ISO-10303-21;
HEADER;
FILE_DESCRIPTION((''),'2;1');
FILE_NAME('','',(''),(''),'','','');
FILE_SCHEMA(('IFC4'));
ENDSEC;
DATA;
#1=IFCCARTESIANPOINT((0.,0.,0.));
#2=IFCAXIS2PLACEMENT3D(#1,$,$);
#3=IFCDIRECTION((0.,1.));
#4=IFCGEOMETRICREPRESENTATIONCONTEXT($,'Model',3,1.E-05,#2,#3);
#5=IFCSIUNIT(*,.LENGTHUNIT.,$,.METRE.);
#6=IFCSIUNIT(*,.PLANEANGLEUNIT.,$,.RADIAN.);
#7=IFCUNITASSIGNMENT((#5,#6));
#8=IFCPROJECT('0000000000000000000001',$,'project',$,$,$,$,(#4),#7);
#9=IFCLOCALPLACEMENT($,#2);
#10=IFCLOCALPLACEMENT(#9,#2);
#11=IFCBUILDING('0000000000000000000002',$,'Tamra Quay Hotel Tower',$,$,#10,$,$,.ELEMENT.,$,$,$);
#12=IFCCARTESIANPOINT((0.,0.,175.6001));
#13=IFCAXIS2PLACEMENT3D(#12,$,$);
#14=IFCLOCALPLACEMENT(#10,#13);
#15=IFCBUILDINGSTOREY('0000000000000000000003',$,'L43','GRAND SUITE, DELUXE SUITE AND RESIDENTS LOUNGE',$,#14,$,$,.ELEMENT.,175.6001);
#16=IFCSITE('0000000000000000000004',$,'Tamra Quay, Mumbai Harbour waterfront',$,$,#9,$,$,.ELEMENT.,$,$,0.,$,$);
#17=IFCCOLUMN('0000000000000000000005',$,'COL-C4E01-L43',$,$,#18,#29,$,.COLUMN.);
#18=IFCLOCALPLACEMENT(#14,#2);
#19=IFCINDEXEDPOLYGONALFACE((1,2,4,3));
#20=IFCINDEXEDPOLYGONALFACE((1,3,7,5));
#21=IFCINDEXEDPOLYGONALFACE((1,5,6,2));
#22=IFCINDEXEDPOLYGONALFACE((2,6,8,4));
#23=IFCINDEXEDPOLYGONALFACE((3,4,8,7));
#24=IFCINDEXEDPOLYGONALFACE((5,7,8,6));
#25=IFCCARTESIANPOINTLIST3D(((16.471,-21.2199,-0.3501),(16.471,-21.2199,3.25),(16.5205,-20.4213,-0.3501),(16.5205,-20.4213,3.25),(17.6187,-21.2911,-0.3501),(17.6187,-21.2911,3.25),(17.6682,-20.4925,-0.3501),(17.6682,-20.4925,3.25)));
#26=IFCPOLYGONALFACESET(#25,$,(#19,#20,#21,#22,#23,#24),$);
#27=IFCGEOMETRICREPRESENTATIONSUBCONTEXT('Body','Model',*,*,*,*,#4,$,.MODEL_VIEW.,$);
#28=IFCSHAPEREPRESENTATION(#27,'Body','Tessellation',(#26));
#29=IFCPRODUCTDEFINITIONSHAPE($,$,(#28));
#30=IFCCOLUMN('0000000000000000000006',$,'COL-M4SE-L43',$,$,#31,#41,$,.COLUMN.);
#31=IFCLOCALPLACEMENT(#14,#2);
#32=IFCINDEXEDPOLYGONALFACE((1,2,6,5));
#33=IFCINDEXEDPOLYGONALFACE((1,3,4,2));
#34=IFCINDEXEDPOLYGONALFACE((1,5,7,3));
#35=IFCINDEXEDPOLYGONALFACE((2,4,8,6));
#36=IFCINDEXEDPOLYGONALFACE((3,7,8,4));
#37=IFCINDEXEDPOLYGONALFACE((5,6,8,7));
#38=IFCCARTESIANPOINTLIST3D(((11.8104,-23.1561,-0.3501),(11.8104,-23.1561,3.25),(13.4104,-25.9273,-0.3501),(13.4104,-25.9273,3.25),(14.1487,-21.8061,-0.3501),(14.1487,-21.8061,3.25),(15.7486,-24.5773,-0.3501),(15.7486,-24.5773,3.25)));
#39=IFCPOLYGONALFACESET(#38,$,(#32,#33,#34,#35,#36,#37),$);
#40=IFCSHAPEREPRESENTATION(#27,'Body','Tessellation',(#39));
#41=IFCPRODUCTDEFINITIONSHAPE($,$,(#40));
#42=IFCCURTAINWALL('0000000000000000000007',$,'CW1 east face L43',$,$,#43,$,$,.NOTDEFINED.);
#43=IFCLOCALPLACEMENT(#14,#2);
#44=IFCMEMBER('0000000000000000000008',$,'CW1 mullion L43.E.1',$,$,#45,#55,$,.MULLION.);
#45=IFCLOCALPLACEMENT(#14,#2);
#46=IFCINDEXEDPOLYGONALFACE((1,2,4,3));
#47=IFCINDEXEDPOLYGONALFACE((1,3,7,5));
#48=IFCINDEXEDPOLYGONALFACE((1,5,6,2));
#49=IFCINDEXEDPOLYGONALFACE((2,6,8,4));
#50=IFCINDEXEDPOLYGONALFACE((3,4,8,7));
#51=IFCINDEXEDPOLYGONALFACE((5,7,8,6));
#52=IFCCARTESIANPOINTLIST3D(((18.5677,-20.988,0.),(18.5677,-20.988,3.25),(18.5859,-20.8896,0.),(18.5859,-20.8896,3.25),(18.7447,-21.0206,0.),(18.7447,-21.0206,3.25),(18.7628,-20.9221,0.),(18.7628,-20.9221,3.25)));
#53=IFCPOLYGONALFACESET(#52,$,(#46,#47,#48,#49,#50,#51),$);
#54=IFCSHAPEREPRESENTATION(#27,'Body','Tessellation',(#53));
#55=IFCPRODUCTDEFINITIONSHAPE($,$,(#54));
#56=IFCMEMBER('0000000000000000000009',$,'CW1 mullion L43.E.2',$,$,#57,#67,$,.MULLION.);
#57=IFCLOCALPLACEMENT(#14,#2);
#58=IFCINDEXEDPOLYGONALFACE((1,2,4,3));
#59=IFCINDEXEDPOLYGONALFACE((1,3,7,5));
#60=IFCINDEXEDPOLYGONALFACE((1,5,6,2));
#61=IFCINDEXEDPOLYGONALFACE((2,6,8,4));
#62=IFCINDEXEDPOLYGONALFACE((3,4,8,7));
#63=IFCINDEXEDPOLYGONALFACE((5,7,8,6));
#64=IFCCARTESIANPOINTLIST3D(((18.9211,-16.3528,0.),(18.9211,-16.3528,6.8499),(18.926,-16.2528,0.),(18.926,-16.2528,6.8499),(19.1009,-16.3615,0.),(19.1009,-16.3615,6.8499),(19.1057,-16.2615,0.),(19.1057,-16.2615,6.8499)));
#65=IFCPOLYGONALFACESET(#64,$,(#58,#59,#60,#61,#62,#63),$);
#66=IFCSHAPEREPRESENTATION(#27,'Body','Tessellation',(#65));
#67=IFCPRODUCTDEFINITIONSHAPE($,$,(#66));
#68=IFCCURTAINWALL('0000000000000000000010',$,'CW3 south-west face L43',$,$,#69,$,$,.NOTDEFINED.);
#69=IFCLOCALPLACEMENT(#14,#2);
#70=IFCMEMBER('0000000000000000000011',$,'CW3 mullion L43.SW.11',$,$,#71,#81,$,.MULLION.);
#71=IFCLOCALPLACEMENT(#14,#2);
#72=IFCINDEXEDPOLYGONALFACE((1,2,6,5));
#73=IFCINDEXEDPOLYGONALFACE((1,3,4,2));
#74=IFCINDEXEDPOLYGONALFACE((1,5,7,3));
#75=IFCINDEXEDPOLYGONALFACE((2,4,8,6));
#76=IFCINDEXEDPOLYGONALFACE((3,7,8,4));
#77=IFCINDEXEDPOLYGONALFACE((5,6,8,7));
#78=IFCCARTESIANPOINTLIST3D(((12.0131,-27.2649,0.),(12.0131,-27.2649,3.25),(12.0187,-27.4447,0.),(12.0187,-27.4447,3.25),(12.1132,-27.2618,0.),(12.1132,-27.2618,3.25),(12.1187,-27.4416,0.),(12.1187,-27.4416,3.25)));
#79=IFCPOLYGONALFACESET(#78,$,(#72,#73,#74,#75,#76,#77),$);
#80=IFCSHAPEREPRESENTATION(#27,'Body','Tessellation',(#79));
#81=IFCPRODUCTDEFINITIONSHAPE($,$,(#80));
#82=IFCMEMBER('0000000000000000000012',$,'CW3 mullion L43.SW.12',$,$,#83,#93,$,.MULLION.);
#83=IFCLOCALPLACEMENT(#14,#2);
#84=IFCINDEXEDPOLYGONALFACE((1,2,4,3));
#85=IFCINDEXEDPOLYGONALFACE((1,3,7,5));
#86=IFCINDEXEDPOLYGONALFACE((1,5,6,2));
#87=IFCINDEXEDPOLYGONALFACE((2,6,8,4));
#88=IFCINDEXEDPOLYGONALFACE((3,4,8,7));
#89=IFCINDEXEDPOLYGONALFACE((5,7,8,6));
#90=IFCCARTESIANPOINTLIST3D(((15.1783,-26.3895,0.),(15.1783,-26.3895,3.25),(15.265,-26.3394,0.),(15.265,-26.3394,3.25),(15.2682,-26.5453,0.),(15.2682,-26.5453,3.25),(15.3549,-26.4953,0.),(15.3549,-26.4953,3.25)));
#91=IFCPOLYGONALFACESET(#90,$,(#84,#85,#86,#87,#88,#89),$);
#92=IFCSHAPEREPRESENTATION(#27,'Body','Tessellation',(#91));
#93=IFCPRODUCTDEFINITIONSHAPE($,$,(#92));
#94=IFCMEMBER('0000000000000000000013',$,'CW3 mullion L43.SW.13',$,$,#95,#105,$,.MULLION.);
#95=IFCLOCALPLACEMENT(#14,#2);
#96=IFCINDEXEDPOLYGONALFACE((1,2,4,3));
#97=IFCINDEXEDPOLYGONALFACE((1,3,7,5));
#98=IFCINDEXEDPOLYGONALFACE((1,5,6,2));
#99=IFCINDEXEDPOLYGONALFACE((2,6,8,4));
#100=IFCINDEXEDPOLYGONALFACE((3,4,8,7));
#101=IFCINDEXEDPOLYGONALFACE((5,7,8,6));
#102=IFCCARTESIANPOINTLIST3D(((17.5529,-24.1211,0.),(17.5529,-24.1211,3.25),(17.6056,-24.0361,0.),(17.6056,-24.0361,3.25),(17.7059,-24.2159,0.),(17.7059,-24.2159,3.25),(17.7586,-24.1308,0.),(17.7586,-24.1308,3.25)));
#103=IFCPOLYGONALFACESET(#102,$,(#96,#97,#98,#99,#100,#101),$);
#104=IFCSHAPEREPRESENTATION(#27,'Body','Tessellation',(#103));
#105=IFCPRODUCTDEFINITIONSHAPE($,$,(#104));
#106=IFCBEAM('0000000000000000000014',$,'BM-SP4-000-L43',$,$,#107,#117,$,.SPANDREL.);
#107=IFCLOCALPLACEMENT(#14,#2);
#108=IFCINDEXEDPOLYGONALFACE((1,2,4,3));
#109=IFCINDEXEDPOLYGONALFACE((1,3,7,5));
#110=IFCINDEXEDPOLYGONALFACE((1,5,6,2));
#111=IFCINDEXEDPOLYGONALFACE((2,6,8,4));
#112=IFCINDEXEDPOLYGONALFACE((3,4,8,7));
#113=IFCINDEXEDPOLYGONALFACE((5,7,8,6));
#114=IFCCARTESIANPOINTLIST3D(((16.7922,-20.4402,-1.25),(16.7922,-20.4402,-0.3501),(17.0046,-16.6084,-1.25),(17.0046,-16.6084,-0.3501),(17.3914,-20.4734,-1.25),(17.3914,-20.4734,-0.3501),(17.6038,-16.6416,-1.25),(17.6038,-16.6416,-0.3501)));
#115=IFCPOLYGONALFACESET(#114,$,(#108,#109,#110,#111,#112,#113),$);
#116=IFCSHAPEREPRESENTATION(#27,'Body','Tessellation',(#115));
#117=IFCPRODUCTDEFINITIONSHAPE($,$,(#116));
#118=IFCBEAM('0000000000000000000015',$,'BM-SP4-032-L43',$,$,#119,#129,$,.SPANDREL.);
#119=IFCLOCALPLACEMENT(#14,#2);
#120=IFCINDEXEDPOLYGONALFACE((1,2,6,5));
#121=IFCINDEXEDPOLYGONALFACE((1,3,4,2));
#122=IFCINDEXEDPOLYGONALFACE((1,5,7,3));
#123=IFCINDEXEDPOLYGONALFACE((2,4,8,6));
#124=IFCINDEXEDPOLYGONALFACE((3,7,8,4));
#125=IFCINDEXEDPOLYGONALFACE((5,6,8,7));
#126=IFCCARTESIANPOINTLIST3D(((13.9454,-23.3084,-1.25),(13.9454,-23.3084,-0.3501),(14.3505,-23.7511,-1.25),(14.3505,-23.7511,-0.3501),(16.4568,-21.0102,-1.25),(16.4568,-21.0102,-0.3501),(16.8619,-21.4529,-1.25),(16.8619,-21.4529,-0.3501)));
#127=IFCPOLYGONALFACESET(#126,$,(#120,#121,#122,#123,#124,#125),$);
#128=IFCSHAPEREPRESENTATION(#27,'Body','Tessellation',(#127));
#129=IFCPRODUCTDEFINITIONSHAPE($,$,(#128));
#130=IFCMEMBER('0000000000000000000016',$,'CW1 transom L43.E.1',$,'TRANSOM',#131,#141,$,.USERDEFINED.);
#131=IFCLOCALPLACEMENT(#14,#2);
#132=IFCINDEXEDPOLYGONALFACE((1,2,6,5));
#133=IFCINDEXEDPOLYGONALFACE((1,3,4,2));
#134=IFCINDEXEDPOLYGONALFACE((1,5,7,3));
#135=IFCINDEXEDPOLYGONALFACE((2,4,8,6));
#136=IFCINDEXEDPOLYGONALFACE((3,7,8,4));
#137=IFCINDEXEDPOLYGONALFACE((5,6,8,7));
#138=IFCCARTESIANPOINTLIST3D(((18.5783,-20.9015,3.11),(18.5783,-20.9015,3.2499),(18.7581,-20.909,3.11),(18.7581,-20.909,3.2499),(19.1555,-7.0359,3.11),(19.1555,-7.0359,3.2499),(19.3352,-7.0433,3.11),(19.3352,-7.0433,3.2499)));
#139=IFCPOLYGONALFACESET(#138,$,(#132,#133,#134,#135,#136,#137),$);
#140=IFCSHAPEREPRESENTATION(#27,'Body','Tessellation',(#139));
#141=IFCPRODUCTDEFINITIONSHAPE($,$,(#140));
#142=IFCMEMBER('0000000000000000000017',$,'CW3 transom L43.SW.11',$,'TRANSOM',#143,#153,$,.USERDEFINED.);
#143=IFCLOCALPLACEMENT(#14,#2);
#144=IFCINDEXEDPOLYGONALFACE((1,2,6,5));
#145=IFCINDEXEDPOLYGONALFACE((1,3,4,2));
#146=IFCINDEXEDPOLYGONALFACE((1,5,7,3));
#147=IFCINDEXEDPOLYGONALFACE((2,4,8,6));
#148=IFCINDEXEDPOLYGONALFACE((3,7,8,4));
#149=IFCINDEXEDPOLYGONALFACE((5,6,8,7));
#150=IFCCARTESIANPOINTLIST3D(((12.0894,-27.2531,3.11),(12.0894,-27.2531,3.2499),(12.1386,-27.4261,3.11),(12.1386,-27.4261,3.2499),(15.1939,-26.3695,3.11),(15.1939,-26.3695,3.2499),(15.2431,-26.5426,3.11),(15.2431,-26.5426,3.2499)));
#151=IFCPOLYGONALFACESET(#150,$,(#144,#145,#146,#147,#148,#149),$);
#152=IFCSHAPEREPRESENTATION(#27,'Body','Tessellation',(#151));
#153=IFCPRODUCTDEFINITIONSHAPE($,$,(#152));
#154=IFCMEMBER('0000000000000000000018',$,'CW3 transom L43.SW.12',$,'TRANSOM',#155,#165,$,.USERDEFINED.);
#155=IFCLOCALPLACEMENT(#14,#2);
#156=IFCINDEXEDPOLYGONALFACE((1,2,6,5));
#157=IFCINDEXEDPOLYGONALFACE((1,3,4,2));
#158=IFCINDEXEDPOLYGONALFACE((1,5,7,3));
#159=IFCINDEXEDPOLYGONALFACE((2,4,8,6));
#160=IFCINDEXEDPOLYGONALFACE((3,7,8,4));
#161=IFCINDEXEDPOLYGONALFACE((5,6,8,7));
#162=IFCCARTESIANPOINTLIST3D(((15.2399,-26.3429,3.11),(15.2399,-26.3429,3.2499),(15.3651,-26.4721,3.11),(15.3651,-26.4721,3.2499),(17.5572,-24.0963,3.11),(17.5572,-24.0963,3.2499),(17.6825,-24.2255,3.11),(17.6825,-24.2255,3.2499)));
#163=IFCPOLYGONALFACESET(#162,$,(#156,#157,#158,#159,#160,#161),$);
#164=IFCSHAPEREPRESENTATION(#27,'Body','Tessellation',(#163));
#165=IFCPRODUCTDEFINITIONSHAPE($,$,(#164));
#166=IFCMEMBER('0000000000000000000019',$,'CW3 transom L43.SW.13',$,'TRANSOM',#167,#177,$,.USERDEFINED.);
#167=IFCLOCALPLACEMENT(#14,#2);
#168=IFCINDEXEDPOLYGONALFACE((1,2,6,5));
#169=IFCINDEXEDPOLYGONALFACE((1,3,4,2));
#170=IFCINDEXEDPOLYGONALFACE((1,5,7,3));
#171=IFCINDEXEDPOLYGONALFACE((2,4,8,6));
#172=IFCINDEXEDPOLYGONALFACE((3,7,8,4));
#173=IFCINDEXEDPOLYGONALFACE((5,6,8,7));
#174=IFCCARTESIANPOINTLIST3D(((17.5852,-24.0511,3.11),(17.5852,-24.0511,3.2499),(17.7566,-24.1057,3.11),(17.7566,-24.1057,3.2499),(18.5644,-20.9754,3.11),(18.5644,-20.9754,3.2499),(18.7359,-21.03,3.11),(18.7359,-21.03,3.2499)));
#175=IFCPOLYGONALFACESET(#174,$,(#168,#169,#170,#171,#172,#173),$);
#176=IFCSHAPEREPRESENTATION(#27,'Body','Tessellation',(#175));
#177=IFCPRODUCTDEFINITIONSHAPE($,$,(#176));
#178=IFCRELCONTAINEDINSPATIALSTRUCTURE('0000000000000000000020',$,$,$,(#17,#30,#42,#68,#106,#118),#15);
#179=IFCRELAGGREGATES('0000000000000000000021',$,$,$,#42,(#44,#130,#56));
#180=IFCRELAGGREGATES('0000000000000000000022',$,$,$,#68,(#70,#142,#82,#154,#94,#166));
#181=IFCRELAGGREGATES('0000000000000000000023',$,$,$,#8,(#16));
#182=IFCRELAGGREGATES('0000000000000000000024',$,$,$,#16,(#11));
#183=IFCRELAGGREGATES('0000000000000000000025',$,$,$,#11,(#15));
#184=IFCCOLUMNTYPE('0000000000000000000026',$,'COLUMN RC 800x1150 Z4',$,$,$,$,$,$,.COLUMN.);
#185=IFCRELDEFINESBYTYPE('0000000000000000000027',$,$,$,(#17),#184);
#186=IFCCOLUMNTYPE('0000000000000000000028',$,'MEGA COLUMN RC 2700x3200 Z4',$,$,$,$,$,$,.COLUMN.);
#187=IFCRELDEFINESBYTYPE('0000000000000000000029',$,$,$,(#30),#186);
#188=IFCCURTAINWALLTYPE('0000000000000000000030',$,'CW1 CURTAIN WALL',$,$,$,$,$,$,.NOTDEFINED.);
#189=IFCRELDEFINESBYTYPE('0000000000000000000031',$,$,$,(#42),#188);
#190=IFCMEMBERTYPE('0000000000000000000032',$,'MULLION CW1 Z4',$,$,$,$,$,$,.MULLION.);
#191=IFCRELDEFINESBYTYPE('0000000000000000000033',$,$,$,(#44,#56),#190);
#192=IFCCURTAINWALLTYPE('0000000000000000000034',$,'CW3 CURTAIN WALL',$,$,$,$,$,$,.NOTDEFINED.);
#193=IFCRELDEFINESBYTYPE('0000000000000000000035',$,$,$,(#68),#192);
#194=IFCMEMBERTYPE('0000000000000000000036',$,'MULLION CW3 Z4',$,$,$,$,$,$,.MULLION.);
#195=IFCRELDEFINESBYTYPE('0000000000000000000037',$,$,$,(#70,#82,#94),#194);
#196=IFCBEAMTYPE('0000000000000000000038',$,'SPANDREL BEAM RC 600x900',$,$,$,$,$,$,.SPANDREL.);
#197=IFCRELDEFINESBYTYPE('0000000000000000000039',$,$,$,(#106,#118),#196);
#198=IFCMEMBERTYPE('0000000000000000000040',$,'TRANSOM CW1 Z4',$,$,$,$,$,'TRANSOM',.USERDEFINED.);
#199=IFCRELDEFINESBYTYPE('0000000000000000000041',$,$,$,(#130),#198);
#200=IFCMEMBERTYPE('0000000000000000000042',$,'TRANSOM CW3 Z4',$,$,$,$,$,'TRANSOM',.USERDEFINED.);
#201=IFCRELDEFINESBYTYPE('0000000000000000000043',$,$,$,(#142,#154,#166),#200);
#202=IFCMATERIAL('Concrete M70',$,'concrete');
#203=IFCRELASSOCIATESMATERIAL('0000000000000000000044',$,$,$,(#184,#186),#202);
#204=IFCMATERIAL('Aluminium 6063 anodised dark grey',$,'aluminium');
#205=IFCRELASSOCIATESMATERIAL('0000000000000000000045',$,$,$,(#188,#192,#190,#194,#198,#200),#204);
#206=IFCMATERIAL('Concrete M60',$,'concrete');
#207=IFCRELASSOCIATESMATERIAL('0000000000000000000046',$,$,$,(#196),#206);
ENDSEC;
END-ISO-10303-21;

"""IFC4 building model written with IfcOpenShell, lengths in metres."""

from ifc_helpers import new_model, si_unit, direction, frame, origin, origin_2d, place, context, subcontext, project, spatial, rectangle, extrude, material, material_profile, profile_set, type_object, element, aggregate, save


model = new_model("IFC4")

# Units and contexts
model_context = context("Model", 3, precision=1e-05, world=origin(), true_north=direction((0.0, 1.0)))
body_context = subcontext(model_context, "Body", "Model", "MODEL_VIEW")
ifc_project = project(units=[si_unit("LENGTHUNIT", "METRE"), si_unit("PLANEANGLEUNIT", "RADIAN")], contexts=[model_context])

# Site, building, storey
site_placement = place(None, origin())
site = spatial("IfcSite", under=ifc_project, at=site_placement, Name="Tamra Quay, Mumbai Harbour waterfront", CompositionType="ELEMENT", RefElevation=0.0)
building_placement = place(site_placement, origin())
building = spatial("IfcBuilding", under=site, at=building_placement, Name="Tamra Quay Hotel Tower", CompositionType="ELEMENT")
storey_placement = place(building_placement, frame((0.0, 0.0, 175.6001)))
storey = spatial("IfcBuildingStorey", under=building, at=storey_placement, Name="L43", Description="GRAND SUITE, DELUXE SUITE AND RESIDENTS LOUNGE", CompositionType="ELEMENT", Elevation=175.6001)

# Columns
ifc_material_1 = material(Name="Concrete M70", Category="concrete")
ifc_material_profile_1 = material_profile(ifc_material_1, rectangle(XDim=1.1499, YDim=0.8, at=origin_2d()), Name="COLUMN RC 800x1150 Z4")
ifc_profile_set_1 = profile_set([ifc_material_profile_1], Name="Concrete M70")
column_type_1 = type_object("IfcColumnType", Name="COLUMN RC 800x1150 Z4", PredefinedType="COLUMN", material=ifc_profile_set_1)
column_1_placement = place(storey_placement, frame((17.0696, -20.8562, -0.3501), z_axis=(0.0, 0.0, 1.0), x_axis=(-0.998081, 0.061921, 0.0)))
element("IfcColumn", 1, at=column_1_placement, inside=storey, type_object=column_type_1, Name="COL-C4E01-L43", PredefinedType="COLUMN", context=body_context, shape_type="SweptSolid", body=[
    extrude(rectangle(XDim=1.1499, YDim=0.8, at=origin_2d()), origin(), (0.0, 0.0, 1.0), 3.6001),
])
ifc_material_profile_2 = material_profile(ifc_material_1, rectangle(XDim=3.2, YDim=2.7, at=origin_2d()), Name="MEGA COLUMN RC 2700x3200 Z4")
ifc_profile_set_2 = profile_set([ifc_material_profile_2], Name="Concrete M70")
column_type_2 = type_object("IfcColumnType", Name="MEGA COLUMN RC 2700x3200 Z4", PredefinedType="COLUMN", material=ifc_profile_set_2)
column_2_placement = place(storey_placement, frame((13.7795, -23.8667, -0.3501), z_axis=(0.0, 0.0, 1.0), x_axis=(-0.5, 0.866025, 0.0)))
element("IfcColumn", 2, at=column_2_placement, inside=storey, type_object=column_type_2, Name="COL-M4SE-L43", PredefinedType="COLUMN", context=body_context, shape_type="SweptSolid", body=[
    extrude(rectangle(XDim=3.2, YDim=2.7, at=origin_2d()), origin(), (0.0, 0.0, 1.0), 3.6001),
])

# Curtain walls, members
ifc_material_2 = material(Name="Aluminium 6063 anodised dark grey", Category="aluminium")
curtain_wall_type_1 = type_object("IfcCurtainWallType", Name="CW1 CURTAIN WALL", PredefinedType="NOTDEFINED", material=ifc_material_2)
curtain_wall_1_placement = place(storey_placement, origin())
curtain_wall_1 = element("IfcCurtainWall", 3, at=curtain_wall_1_placement, inside=storey, type_object=curtain_wall_type_1, Name="CW1 east face L43", PredefinedType="NOTDEFINED")
ifc_material_profile_3 = material_profile(ifc_material_2, rectangle(XDim=0.1799, YDim=0.1001, at=origin_2d()), Name="MULLION 100X180")
ifc_profile_set_3 = profile_set([ifc_material_profile_3], Name="Aluminium 6063 anodised dark grey")
member_type_1 = type_object("IfcMemberType", Name="MULLION CW1 Z4", PredefinedType="MULLION", material=ifc_profile_set_3)
member_1_placement = place(storey_placement, frame((18.6653, -20.9551, 0.0), z_axis=(0.0, 0.0, 1.0), x_axis=(0.983509, -0.180857, 0.0)))
member_1 = element("IfcMember", 4, at=member_1_placement, type_object=member_type_1, Name="CW1 mullion L43.E.1", PredefinedType="MULLION", context=body_context, shape_type="SweptSolid", body=[
    extrude(rectangle(XDim=0.1799, YDim=0.1001, at=origin_2d()), origin(), (0.0, 0.0, 1.0), 3.25),
])
member_2_placement = place(storey_placement, frame((19.0134, -16.3071, 0.0), z_axis=(0.0, 0.0, 1.0), x_axis=(0.998823, -0.04851, 0.0)))
member_2 = element("IfcMember", 5, at=member_2_placement, type_object=member_type_1, Name="CW1 mullion L43.E.2", PredefinedType="MULLION", context=body_context, shape_type="SweptSolid", body=[
    extrude(rectangle(XDim=0.1799, YDim=0.1001, at=origin_2d()), origin(), (0.0, 0.0, 1.0), 6.8499),
])
curtain_wall_type_2 = type_object("IfcCurtainWallType", Name="CW3 CURTAIN WALL", PredefinedType="NOTDEFINED", material=ifc_material_2)
curtain_wall_2_placement = place(storey_placement, origin())
curtain_wall_2 = element("IfcCurtainWall", 6, at=curtain_wall_2_placement, inside=storey, type_object=curtain_wall_type_2, Name="CW3 south-west face L43", PredefinedType="NOTDEFINED")
ifc_material_profile_4 = material_profile(ifc_material_2, rectangle(XDim=0.1799, YDim=0.1001, at=origin_2d()), Name="MULLION 100X180")
ifc_profile_set_4 = profile_set([ifc_material_profile_4], Name="Aluminium 6063 anodised dark grey")
member_type_2 = type_object("IfcMemberType", Name="MULLION CW3 Z4", PredefinedType="MULLION", material=ifc_profile_set_4)
member_3_placement = place(storey_placement, frame((12.0659, -27.3533, 0.0), z_axis=(0.0, 0.0, 1.0), x_axis=(0.030975, -0.99952, 0.0)))
member_3 = element("IfcMember", 7, at=member_3_placement, type_object=member_type_2, Name="CW3 mullion L43.SW.11", PredefinedType="MULLION", context=body_context, shape_type="SweptSolid", body=[
    extrude(rectangle(XDim=0.1799, YDim=0.1001, at=origin_2d()), origin(), (0.0, 0.0, 1.0), 3.25),
])
member_4_placement = place(storey_placement, frame((15.2666, -26.4424, 0.0), z_axis=(0.0, 0.0, 1.0), x_axis=(0.5, -0.866025, 0.0)))
member_4 = element("IfcMember", 8, at=member_4_placement, type_object=member_type_2, Name="CW3 mullion L43.SW.12", PredefinedType="MULLION", context=body_context, shape_type="SweptSolid", body=[
    extrude(rectangle(XDim=0.1799, YDim=0.1001, at=origin_2d()), origin(), (0.0, 0.0, 1.0), 3.25),
])
member_5_placement = place(storey_placement, frame((17.6558, -24.126, 0.0), z_axis=(0.0, 0.0, 1.0), x_axis=(0.850122, -0.526586, 0.0)))
member_5 = element("IfcMember", 9, at=member_5_placement, type_object=member_type_2, Name="CW3 mullion L43.SW.13", PredefinedType="MULLION", context=body_context, shape_type="SweptSolid", body=[
    extrude(rectangle(XDim=0.1799, YDim=0.1001, at=origin_2d()), origin(), (0.0, 0.0, 1.0), 3.25),
])

# Beams
ifc_material_3 = material(Name="Concrete M60", Category="concrete")
ifc_material_profile_5 = material_profile(ifc_material_3, rectangle(XDim=0.6001, YDim=0.8999, at=origin_2d()), Name="SPANDREL BEAM RC 600x900")
ifc_profile_set_5 = profile_set([ifc_material_profile_5], Name="Concrete M60")
beam_type = type_object("IfcBeamType", Name="SPANDREL BEAM RC 600x900", PredefinedType="SPANDREL", material=ifc_profile_set_5)
beam_1_placement = place(storey_placement, frame((17.0918, -20.4568, -0.8), z_axis=(0.055347, 0.998467, 0.0), x_axis=(-0.998467, 0.055347, 0.0)))
element("IfcBeam", 10, at=beam_1_placement, inside=storey, type_object=beam_type, Name="BM-SP4-000-L43", PredefinedType="SPANDREL", context=body_context, shape_type="SweptSolid", body=[
    extrude(rectangle(XDim=0.6001, YDim=0.8999, at=origin_2d()), origin(), (0.0, 0.0, 1.0), 3.8376),
])
beam_2_placement = place(storey_placement, frame((14.1479, -23.5298, -0.8), z_axis=(0.737716, 0.675111, 0.0), x_axis=(-0.675111, 0.737716, 0.0)))
element("IfcBeam", 11, at=beam_2_placement, inside=storey, type_object=beam_type, Name="BM-SP4-032-L43", PredefinedType="SPANDREL", context=body_context, shape_type="SweptSolid", body=[
    extrude(rectangle(XDim=0.6001, YDim=0.8999, at=origin_2d()), origin(), (0.0, 0.0, 1.0), 3.4043),
])

# Members
ifc_material_profile_6 = material_profile(ifc_material_2, rectangle(XDim=0.1799, YDim=0.1399, at=origin_2d()), Name="TRANSOM 180X140")
ifc_profile_set_6 = profile_set([ifc_material_profile_6], Name="Aluminium 6063 anodised dark grey")
member_type_3 = type_object("IfcMemberType", Name="TRANSOM CW1 Z4", ElementType="TRANSOM", PredefinedType="USERDEFINED", material=ifc_profile_set_6)
member_6_placement = place(storey_placement, frame((18.6682, -20.9053, 3.1799), z_axis=(0.041588, 0.999135, 0.0), x_axis=(-0.999135, 0.041588, 0.0)))
member_6 = element("IfcMember", 12, at=member_6_placement, type_object=member_type_3, Name="CW1 transom L43.E.1", ObjectType="TRANSOM", PredefinedType="USERDEFINED", context=body_context, shape_type="SweptSolid", body=[
    extrude(rectangle(XDim=0.1799, YDim=0.1399, at=origin_2d()), origin(), (0.0, 0.0, 1.0), 13.8777),
])
ifc_material_profile_7 = material_profile(ifc_material_2, rectangle(XDim=0.1799, YDim=0.1399, at=origin_2d()), Name="TRANSOM 180X140")
ifc_profile_set_7 = profile_set([ifc_material_profile_7], Name="Aluminium 6063 anodised dark grey")
member_type_4 = type_object("IfcMemberType", Name="TRANSOM CW3 Z4", ElementType="TRANSOM", PredefinedType="USERDEFINED", material=ifc_profile_set_7)
member_7_placement = place(storey_placement, frame((12.114, -27.3396, 3.1799), z_axis=(0.961806, 0.273732, 0.0), x_axis=(-0.273732, 0.961806, 0.0)))
member_7 = element("IfcMember", 13, at=member_7_placement, type_object=member_type_4, Name="CW3 transom L43.SW.11", ObjectType="TRANSOM", PredefinedType="USERDEFINED", context=body_context, shape_type="SweptSolid", body=[
    extrude(rectangle(XDim=0.1799, YDim=0.1399, at=origin_2d()), origin(), (0.0, 0.0, 1.0), 3.2278),
])
member_8_placement = place(storey_placement, frame((15.3025, -26.4075, 3.1799), z_axis=(0.71799, 0.696054, 0.0), x_axis=(-0.696054, 0.71799, 0.0)))
member_8 = element("IfcMember", 14, at=member_8_placement, type_object=member_type_4, Name="CW3 transom L43.SW.12", ObjectType="TRANSOM", PredefinedType="USERDEFINED", context=body_context, shape_type="SweptSolid", body=[
    extrude(rectangle(XDim=0.1799, YDim=0.1399, at=origin_2d()), origin(), (0.0, 0.0, 1.0), 3.2275),
])
member_9_placement = place(storey_placement, frame((17.6709, -24.0784, 3.1799), z_axis=(0.303378, 0.95287, 0.0), x_axis=(-0.95287, 0.303378, 0.0)))
member_9 = element("IfcMember", 15, at=member_9_placement, type_object=member_type_4, Name="CW3 transom L43.SW.13", ObjectType="TRANSOM", PredefinedType="USERDEFINED", context=body_context, shape_type="SweptSolid", body=[
    extrude(rectangle(XDim=0.1799, YDim=0.1399, at=origin_2d()), origin(), (0.0, 0.0, 1.0), 3.2278),
])

aggregate(curtain_wall_1, [member_1, member_6, member_2])
aggregate(curtain_wall_2, [member_3, member_7, member_4, member_8, member_5, member_9])

save(model, "model.ifc")
